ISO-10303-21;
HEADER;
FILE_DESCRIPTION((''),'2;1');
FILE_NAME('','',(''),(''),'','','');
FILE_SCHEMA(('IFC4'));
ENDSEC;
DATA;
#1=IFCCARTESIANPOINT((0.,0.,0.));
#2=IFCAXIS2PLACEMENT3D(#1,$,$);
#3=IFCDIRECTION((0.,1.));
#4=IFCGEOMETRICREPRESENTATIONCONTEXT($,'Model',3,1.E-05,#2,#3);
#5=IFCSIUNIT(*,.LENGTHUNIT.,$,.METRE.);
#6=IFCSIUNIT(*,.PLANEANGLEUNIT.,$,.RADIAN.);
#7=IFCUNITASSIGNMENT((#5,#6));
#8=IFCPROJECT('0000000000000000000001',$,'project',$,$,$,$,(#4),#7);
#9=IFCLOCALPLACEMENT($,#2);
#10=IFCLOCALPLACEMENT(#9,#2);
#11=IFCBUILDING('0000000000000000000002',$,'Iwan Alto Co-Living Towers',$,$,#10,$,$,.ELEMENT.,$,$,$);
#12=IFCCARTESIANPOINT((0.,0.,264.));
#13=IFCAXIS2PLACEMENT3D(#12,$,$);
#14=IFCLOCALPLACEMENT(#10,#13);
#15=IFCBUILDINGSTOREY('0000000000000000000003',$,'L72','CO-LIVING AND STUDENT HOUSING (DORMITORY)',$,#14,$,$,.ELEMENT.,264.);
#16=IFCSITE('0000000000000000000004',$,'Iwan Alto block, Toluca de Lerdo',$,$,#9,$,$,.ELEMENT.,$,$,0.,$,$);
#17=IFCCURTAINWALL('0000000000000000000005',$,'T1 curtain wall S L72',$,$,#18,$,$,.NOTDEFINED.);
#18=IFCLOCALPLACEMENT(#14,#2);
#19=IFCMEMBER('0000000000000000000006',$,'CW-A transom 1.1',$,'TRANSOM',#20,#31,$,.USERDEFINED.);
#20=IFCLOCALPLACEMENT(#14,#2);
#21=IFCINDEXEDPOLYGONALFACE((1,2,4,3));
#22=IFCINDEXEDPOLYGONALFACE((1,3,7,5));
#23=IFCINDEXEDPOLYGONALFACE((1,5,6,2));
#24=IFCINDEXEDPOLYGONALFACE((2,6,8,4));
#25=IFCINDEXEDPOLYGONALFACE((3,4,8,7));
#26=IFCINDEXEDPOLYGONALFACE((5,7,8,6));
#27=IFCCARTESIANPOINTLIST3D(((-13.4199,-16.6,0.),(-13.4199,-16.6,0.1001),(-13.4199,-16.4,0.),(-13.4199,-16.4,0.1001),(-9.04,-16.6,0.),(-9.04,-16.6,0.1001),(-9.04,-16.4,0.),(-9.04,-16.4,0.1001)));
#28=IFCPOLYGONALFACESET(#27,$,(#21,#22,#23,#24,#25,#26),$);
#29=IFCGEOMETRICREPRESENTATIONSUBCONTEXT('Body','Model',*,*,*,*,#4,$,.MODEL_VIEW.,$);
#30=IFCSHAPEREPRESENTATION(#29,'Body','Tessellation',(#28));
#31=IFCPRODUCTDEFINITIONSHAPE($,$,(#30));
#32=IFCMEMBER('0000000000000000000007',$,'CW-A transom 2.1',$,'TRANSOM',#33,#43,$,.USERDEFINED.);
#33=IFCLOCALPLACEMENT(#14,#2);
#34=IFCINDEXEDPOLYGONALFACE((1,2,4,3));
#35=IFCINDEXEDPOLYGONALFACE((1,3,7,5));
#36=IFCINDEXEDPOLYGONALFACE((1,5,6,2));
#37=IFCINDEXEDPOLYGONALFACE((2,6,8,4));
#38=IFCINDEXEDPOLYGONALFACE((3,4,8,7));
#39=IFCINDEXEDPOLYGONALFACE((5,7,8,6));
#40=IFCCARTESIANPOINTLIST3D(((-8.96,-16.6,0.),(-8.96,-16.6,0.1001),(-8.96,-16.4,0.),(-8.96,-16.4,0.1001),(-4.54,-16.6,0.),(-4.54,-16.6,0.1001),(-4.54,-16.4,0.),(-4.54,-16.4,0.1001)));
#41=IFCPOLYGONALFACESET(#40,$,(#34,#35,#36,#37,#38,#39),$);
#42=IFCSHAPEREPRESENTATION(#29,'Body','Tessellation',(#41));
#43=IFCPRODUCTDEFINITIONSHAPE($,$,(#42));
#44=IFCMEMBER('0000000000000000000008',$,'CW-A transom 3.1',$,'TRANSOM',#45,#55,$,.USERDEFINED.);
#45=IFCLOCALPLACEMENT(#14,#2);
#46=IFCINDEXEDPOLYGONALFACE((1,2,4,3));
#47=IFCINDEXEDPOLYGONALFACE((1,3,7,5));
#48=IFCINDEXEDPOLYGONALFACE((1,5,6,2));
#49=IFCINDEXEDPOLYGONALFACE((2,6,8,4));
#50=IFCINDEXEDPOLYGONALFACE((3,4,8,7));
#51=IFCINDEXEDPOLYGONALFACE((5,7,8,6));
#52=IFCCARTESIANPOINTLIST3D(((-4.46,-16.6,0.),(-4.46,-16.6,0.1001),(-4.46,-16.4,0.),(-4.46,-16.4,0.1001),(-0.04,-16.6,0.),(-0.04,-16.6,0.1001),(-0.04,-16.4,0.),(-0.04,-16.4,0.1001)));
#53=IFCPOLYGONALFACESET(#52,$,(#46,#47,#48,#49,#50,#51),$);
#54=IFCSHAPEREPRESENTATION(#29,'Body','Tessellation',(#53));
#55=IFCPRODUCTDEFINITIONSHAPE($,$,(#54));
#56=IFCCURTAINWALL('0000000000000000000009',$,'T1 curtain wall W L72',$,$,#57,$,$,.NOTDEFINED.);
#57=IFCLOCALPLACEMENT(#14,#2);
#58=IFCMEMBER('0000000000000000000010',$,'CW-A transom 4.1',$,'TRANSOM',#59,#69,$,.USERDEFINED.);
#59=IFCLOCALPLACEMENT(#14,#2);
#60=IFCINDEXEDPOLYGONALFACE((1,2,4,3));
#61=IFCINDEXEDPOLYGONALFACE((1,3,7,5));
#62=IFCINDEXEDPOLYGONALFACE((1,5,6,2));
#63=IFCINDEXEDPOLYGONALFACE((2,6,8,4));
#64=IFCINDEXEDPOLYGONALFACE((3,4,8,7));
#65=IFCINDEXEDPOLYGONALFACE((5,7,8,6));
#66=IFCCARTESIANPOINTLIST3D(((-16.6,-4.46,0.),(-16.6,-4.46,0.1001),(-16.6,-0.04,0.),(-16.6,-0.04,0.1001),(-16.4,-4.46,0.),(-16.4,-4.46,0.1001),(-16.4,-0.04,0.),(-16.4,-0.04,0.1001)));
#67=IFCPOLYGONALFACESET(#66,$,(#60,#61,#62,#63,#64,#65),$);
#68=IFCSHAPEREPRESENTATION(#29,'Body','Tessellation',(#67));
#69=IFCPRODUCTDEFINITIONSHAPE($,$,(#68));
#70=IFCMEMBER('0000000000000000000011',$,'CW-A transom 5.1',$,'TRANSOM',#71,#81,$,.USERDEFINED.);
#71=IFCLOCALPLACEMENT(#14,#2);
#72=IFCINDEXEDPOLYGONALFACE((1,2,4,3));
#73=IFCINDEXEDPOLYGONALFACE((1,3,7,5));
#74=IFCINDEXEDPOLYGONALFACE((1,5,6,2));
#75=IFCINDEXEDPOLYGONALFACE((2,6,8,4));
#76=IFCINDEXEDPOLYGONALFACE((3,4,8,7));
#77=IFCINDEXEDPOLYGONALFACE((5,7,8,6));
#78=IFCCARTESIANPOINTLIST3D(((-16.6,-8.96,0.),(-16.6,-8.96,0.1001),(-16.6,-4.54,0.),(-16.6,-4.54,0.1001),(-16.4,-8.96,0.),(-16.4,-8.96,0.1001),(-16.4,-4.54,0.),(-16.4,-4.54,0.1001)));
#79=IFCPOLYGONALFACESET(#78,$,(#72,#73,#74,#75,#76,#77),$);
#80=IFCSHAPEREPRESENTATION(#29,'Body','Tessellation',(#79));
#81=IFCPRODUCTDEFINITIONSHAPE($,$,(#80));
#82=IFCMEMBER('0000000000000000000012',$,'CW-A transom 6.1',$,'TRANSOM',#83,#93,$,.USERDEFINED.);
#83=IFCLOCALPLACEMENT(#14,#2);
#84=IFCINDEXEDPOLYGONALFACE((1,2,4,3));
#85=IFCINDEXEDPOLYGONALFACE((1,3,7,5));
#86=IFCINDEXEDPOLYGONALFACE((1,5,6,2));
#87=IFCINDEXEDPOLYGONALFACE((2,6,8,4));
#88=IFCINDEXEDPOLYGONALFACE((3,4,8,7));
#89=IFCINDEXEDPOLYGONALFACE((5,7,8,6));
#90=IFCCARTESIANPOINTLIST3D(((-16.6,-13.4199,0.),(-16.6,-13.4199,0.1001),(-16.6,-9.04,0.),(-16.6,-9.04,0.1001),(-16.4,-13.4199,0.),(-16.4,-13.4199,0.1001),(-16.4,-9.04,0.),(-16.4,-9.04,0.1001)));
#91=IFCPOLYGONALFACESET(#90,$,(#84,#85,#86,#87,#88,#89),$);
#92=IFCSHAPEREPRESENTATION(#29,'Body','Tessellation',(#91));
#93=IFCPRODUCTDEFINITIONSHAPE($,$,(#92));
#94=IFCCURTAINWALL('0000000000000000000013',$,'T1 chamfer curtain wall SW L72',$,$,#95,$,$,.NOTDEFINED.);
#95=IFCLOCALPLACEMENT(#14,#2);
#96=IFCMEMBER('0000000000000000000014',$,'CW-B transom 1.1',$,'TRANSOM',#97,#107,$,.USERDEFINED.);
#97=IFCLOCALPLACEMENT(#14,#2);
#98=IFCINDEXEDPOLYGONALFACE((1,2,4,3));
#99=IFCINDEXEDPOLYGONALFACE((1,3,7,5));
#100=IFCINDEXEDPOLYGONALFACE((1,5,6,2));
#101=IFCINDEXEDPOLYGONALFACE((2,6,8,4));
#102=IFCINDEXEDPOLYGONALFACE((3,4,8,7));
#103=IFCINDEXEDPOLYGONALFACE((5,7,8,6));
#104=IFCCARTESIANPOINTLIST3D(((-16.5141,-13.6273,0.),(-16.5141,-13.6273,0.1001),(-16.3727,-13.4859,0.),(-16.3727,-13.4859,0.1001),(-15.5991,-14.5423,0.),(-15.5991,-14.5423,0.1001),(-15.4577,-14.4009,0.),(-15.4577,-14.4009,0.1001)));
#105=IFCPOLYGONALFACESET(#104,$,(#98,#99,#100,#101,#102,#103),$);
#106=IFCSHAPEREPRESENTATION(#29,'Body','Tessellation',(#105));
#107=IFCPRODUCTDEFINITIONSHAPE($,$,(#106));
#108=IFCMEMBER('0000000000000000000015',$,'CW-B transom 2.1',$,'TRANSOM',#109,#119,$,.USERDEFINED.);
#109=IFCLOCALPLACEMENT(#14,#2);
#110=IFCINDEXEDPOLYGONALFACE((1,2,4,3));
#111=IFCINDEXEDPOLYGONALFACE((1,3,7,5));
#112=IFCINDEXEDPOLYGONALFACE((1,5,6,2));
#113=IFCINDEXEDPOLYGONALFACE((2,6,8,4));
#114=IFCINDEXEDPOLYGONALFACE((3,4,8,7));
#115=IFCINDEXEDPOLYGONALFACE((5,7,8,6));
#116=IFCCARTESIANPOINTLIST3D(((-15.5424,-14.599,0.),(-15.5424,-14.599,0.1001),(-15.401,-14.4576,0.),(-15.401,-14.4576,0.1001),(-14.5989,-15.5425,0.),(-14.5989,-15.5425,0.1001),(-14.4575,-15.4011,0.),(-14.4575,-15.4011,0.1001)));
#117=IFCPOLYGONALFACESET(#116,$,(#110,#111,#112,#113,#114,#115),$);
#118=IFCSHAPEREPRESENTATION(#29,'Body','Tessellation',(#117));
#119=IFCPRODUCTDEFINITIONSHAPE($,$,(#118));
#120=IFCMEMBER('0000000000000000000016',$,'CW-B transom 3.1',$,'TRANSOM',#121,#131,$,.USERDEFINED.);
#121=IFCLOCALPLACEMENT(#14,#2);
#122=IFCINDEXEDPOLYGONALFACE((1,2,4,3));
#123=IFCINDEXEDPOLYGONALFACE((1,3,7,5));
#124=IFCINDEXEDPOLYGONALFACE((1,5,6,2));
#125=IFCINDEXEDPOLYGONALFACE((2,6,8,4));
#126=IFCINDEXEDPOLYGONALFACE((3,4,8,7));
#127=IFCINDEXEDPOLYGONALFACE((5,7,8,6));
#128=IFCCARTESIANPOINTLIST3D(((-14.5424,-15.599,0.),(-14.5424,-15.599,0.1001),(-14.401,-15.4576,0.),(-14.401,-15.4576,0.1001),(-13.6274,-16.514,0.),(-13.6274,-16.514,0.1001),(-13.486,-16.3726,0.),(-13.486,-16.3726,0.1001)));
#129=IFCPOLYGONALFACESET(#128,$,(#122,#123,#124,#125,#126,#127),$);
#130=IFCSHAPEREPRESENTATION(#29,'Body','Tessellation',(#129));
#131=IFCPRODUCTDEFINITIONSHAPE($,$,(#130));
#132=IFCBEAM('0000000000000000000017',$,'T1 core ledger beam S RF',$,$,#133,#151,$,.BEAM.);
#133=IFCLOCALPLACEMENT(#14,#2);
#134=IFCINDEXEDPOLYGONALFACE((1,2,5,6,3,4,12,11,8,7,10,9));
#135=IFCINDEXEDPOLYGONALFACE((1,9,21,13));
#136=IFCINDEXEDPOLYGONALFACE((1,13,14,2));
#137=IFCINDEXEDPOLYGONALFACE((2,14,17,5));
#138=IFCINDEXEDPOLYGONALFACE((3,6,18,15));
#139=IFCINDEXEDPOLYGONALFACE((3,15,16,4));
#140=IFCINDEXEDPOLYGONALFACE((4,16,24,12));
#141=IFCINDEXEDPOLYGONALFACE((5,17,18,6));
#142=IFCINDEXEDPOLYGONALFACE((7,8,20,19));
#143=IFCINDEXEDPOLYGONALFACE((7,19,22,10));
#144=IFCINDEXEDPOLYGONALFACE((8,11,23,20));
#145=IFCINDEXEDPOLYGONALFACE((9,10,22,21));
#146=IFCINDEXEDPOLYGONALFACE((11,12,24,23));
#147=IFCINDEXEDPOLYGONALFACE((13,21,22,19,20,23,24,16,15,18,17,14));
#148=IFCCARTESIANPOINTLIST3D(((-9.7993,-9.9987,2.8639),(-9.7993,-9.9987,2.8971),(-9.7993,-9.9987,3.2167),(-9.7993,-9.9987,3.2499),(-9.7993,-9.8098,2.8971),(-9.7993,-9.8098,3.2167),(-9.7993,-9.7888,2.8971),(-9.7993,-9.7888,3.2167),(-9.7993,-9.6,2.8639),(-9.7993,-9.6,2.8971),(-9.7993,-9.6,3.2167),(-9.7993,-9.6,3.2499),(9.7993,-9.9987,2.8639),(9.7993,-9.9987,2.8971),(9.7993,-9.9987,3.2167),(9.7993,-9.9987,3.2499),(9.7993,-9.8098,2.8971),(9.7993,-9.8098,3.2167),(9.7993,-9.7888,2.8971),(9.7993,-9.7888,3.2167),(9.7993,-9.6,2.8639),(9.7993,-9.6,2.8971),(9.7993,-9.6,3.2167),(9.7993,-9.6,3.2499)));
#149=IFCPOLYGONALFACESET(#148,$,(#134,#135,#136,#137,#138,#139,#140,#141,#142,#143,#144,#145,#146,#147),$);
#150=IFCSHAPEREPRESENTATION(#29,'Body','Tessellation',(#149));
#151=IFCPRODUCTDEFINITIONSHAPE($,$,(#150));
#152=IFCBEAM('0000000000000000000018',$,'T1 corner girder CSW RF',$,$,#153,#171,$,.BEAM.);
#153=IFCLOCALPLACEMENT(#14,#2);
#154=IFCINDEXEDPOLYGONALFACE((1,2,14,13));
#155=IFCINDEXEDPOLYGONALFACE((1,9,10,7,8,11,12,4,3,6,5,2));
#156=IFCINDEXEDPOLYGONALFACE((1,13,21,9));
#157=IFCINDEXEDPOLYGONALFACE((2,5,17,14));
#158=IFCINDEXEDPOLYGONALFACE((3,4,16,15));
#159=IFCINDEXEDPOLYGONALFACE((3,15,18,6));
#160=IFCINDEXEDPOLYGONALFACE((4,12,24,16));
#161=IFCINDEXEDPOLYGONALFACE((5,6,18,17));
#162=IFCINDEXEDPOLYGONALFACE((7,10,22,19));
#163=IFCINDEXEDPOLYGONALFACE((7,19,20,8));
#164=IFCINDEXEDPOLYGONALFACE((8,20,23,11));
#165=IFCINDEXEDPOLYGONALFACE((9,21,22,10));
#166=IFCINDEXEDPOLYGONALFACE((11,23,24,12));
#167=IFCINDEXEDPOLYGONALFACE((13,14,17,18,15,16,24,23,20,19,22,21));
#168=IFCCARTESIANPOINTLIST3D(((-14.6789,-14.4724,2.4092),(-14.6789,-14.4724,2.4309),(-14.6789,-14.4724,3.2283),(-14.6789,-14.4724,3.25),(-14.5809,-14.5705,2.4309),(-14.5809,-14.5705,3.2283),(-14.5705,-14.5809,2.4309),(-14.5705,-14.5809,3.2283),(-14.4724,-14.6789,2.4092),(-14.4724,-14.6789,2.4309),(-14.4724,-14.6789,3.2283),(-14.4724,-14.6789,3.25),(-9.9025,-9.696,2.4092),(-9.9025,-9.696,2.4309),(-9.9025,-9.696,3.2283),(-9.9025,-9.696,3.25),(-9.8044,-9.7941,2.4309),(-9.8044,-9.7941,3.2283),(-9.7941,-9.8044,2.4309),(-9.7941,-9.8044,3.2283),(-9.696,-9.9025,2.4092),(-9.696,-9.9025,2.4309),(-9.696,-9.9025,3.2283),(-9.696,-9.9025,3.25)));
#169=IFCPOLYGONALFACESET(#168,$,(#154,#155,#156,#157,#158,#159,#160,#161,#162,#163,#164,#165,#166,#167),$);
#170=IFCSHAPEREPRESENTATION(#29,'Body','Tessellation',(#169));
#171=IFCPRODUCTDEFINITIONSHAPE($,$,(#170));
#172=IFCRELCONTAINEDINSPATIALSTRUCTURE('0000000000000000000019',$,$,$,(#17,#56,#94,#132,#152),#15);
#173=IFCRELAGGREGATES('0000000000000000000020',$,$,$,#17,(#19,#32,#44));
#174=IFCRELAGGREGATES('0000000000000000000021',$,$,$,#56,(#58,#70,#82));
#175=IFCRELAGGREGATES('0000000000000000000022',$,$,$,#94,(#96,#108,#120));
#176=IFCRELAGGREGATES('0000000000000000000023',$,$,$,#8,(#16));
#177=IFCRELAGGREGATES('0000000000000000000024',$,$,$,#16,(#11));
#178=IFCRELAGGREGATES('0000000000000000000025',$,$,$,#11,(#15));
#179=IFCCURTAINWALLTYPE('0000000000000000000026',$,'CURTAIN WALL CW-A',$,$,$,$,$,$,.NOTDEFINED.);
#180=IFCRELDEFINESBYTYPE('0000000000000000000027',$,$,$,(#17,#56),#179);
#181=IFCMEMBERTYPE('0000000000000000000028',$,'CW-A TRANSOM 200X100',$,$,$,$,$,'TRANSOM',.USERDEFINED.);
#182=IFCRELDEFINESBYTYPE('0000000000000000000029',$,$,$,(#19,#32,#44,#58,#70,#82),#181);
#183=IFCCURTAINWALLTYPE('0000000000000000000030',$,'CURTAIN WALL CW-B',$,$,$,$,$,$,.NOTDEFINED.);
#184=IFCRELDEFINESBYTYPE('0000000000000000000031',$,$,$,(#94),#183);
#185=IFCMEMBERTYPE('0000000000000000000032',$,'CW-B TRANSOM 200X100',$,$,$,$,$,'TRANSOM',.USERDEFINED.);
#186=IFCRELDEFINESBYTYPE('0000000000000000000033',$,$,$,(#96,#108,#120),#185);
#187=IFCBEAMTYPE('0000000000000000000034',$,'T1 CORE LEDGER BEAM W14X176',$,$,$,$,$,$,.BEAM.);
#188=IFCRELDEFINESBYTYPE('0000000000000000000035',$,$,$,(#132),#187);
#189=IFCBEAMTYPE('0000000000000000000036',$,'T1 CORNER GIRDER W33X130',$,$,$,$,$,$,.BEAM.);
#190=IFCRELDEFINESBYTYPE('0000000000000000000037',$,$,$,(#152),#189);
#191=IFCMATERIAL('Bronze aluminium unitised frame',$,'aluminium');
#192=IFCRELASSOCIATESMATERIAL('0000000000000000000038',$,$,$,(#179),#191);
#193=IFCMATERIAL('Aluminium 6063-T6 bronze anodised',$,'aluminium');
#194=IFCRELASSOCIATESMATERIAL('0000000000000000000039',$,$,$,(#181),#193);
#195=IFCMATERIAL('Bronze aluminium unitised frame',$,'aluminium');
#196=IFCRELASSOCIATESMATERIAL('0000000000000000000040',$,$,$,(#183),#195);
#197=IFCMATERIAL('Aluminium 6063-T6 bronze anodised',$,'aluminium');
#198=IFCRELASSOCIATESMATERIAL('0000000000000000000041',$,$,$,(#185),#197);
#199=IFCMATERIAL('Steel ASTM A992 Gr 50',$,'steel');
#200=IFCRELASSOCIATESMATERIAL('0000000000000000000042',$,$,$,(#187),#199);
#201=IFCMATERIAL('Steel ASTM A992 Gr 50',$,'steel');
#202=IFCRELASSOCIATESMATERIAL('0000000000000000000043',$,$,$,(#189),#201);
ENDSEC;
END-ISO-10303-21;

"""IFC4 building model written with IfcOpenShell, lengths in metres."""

from ifc_helpers import new_model, si_unit, direction, frame, origin, origin_2d, place, context, subcontext, project, spatial, rectangle, i_section, extrude, material, material_profile, profile_set, type_object, element, aggregate, save


model = new_model("IFC4")

# Units and contexts
model_context = context("Model", 3, precision=1e-05, world=origin(), true_north=direction((0.0, 1.0)))
body_context = subcontext(model_context, "Body", "Model", "MODEL_VIEW")
ifc_project = project(units=[si_unit("LENGTHUNIT", "METRE"), si_unit("PLANEANGLEUNIT", "RADIAN")], contexts=[model_context])

# Site, building, storey
site_placement = place(None, origin())
site = spatial("IfcSite", under=ifc_project, at=site_placement, Name="Iwan Alto block, Toluca de Lerdo", CompositionType="ELEMENT", RefElevation=0.0)
building_placement = place(site_placement, origin())
building = spatial("IfcBuilding", under=site, at=building_placement, Name="Iwan Alto Co-Living Towers", CompositionType="ELEMENT")
storey_placement = place(building_placement, frame((0.0, 0.0, 264.0)))
storey = spatial("IfcBuildingStorey", under=building, at=storey_placement, Name="L72", Description="CO-LIVING AND STUDENT HOUSING (DORMITORY)", CompositionType="ELEMENT", Elevation=264.0)

# Curtain walls, members
ifc_material_1 = material(Name="Bronze aluminium unitised frame", Category="aluminium")
curtain_wall_type_1 = type_object("IfcCurtainWallType", Name="CURTAIN WALL CW-A", PredefinedType="NOTDEFINED", material=ifc_material_1)
curtain_wall_1_placement = place(storey_placement, origin())
curtain_wall_1 = element("IfcCurtainWall", 1, at=curtain_wall_1_placement, inside=storey, type_object=curtain_wall_type_1, Name="T1 curtain wall S L72", PredefinedType="NOTDEFINED")
ifc_material_2 = material(Name="Aluminium 6063-T6 bronze anodised", Category="aluminium")
ifc_material_profile_1 = material_profile(ifc_material_2, rectangle(XDim=0.2, YDim=0.1001, at=origin_2d()), Name="AL 200X100")
ifc_profile_set_1 = profile_set([ifc_material_profile_1], Name="Aluminium 6063-T6 bronze anodised")
member_type_1 = type_object("IfcMemberType", Name="CW-A TRANSOM 200X100", ElementType="TRANSOM", PredefinedType="USERDEFINED", material=ifc_profile_set_1)
member_1_placement = place(storey_placement, frame((-13.4199, -16.5, 0.05), z_axis=(1.0, 0.0, 0.0), x_axis=(0.0, 1.0, 0.0)))
member_1 = element("IfcMember", 2, at=member_1_placement, type_object=member_type_1, Name="CW-A transom 1.1", ObjectType="TRANSOM", PredefinedType="USERDEFINED", context=body_context, shape_type="SweptSolid", body=[
    extrude(rectangle(XDim=0.2, YDim=0.1001, at=origin_2d()), origin(), (0.0, 0.0, 1.0), 4.3799),
])
member_2_placement = place(storey_placement, frame((-8.96, -16.5, 0.05), z_axis=(1.0, 0.0, 0.0), x_axis=(0.0, 1.0, 0.0)))
member_2 = element("IfcMember", 3, at=member_2_placement, type_object=member_type_1, Name="CW-A transom 2.1", ObjectType="TRANSOM", PredefinedType="USERDEFINED", context=body_context, shape_type="SweptSolid", body=[
    extrude(rectangle(XDim=0.2, YDim=0.1001, at=origin_2d()), origin(), (0.0, 0.0, 1.0), 4.4199),
])
member_3_placement = place(storey_placement, frame((-4.46, -16.5, 0.05), z_axis=(1.0, 0.0, 0.0), x_axis=(0.0, 1.0, 0.0)))
member_3 = element("IfcMember", 4, at=member_3_placement, type_object=member_type_1, Name="CW-A transom 3.1", ObjectType="TRANSOM", PredefinedType="USERDEFINED", context=body_context, shape_type="SweptSolid", body=[
    extrude(rectangle(XDim=0.2, YDim=0.1001, at=origin_2d()), origin(), (0.0, 0.0, 1.0), 4.4199),
])
curtain_wall_2_placement = place(storey_placement, origin())
curtain_wall_2 = element("IfcCurtainWall", 5, at=curtain_wall_2_placement, inside=storey, type_object=curtain_wall_type_1, Name="T1 curtain wall W L72", PredefinedType="NOTDEFINED")
member_4_placement = place(storey_placement, frame((-16.5, -0.04, 0.05), z_axis=(0.0, -1.0, 0.0), x_axis=(1.0, 0.0, 0.0)))
member_4 = element("IfcMember", 6, at=member_4_placement, type_object=member_type_1, Name="CW-A transom 4.1", ObjectType="TRANSOM", PredefinedType="USERDEFINED", context=body_context, shape_type="SweptSolid", body=[
    extrude(rectangle(XDim=0.2, YDim=0.1001, at=origin_2d()), origin(), (0.0, 0.0, 1.0), 4.4199),
])
member_5_placement = place(storey_placement, frame((-16.5, -4.54, 0.05), z_axis=(0.0, -1.0, 0.0), x_axis=(1.0, 0.0, 0.0)))
member_5 = element("IfcMember", 7, at=member_5_placement, type_object=member_type_1, Name="CW-A transom 5.1", ObjectType="TRANSOM", PredefinedType="USERDEFINED", context=body_context, shape_type="SweptSolid", body=[
    extrude(rectangle(XDim=0.2, YDim=0.1001, at=origin_2d()), origin(), (0.0, 0.0, 1.0), 4.4199),
])
member_6_placement = place(storey_placement, frame((-16.5, -9.04, 0.05), z_axis=(0.0, -1.0, 0.0), x_axis=(1.0, 0.0, 0.0)))
member_6 = element("IfcMember", 8, at=member_6_placement, type_object=member_type_1, Name="CW-A transom 6.1", ObjectType="TRANSOM", PredefinedType="USERDEFINED", context=body_context, shape_type="SweptSolid", body=[
    extrude(rectangle(XDim=0.2, YDim=0.1001, at=origin_2d()), origin(), (0.0, 0.0, 1.0), 4.3799),
])
ifc_material_3 = material(Name="Bronze aluminium unitised frame", Category="aluminium")
curtain_wall_type_2 = type_object("IfcCurtainWallType", Name="CURTAIN WALL CW-B", PredefinedType="NOTDEFINED", material=ifc_material_3)
curtain_wall_3_placement = place(storey_placement, origin())
curtain_wall_3 = element("IfcCurtainWall", 9, at=curtain_wall_3_placement, inside=storey, type_object=curtain_wall_type_2, Name="T1 chamfer curtain wall SW L72", PredefinedType="NOTDEFINED")
ifc_material_4 = material(Name="Aluminium 6063-T6 bronze anodised", Category="aluminium")
ifc_material_profile_2 = material_profile(ifc_material_4, rectangle(XDim=0.2, YDim=0.1001, at=origin_2d()), Name="AL 200X100")
ifc_profile_set_2 = profile_set([ifc_material_profile_2], Name="Aluminium 6063-T6 bronze anodised")
member_type_2 = type_object("IfcMemberType", Name="CW-B TRANSOM 200X100", ElementType="TRANSOM", PredefinedType="USERDEFINED", material=ifc_profile_set_2)
member_7_placement = place(storey_placement, frame((-16.4434, -13.5566, 0.05), z_axis=(0.707107, -0.707107, 0.0), x_axis=(0.707107, 0.707107, 0.0)))
member_7 = element("IfcMember", 10, at=member_7_placement, type_object=member_type_2, Name="CW-B transom 1.1", ObjectType="TRANSOM", PredefinedType="USERDEFINED", context=body_context, shape_type="SweptSolid", body=[
    extrude(rectangle(XDim=0.2, YDim=0.1001, at=origin_2d()), origin(), (0.0, 0.0, 1.0), 1.2939),
])
member_8_placement = place(storey_placement, frame((-15.4717, -14.5283, 0.05), z_axis=(0.707107, -0.707107, 0.0), x_axis=(0.707107, 0.707107, 0.0)))
member_8 = element("IfcMember", 11, at=member_8_placement, type_object=member_type_2, Name="CW-B transom 2.1", ObjectType="TRANSOM", PredefinedType="USERDEFINED", context=body_context, shape_type="SweptSolid", body=[
    extrude(rectangle(XDim=0.2, YDim=0.1001, at=origin_2d()), origin(), (0.0, 0.0, 1.0), 1.3342),
])
member_9_placement = place(storey_placement, frame((-14.4717, -15.5283, 0.05), z_axis=(0.707107, -0.707107, 0.0), x_axis=(0.707107, 0.707107, 0.0)))
member_9 = element("IfcMember", 12, at=member_9_placement, type_object=member_type_2, Name="CW-B transom 3.1", ObjectType="TRANSOM", PredefinedType="USERDEFINED", context=body_context, shape_type="SweptSolid", body=[
    extrude(rectangle(XDim=0.2, YDim=0.1001, at=origin_2d()), origin(), (0.0, 0.0, 1.0), 1.2939),
])

# Beams
ifc_material_5 = material(Name="Steel ASTM A992 Gr 50", Category="steel")
ifc_material_profile_3 = material_profile(ifc_material_5, i_section(OverallWidth=0.3987, OverallDepth=0.386, WebThickness=0.021, FlangeThickness=0.0332, at=origin_2d()), Name="W14X176")
ifc_profile_set_3 = profile_set([ifc_material_profile_3], Name="Steel ASTM A992 Gr 50")
beam_type_1 = type_object("IfcBeamType", Name="T1 CORE LEDGER BEAM W14X176", PredefinedType="BEAM", material=ifc_profile_set_3)
beam_1_placement = place(storey_placement, frame((-9.7993, -9.7993, 3.0569), z_axis=(1.0, 0.0, 0.0), x_axis=(0.0, 1.0, 0.0)))
element("IfcBeam", 13, at=beam_1_placement, inside=storey, type_object=beam_type_1, Name="T1 core ledger beam S RF", PredefinedType="BEAM", context=body_context, shape_type="SweptSolid", body=[
    extrude(i_section(OverallWidth=0.3987, OverallDepth=0.386, WebThickness=0.021, FlangeThickness=0.0332, at=origin_2d()), origin(), (0.0, 0.0, 1.0), 19.5986),
])
ifc_material_6 = material(Name="Steel ASTM A992 Gr 50", Category="steel")
ifc_material_profile_4 = material_profile(ifc_material_6, i_section(OverallWidth=0.292, OverallDepth=0.8408, WebThickness=0.0146, FlangeThickness=0.0217, at=origin_2d()), Name="W33X130")
ifc_profile_set_4 = profile_set([ifc_material_profile_4], Name="Steel ASTM A992 Gr 50")
beam_type_2 = type_object("IfcBeamType", Name="T1 CORNER GIRDER W33X130", PredefinedType="BEAM", material=ifc_profile_set_4)
beam_2_placement = place(storey_placement, frame((-14.5757, -14.5757, 2.8296), z_axis=(0.707107, 0.707107, 0.0), x_axis=(-0.707107, 0.707107, 0.0)))
element("IfcBeam", 14, at=beam_2_placement, inside=storey, type_object=beam_type_2, Name="T1 corner girder CSW RF", PredefinedType="BEAM", context=body_context, shape_type="SweptSolid", body=[
    extrude(i_section(OverallWidth=0.292, OverallDepth=0.8408, WebThickness=0.0146, FlangeThickness=0.0217, at=origin_2d()), origin(), (0.0, 0.0, 1.0), 6.7549),
])

aggregate(curtain_wall_1, [member_1, member_2, member_3])
aggregate(curtain_wall_2, [member_4, member_5, member_6])
aggregate(curtain_wall_3, [member_7, member_8, member_9])

save(model, "model.ifc")
